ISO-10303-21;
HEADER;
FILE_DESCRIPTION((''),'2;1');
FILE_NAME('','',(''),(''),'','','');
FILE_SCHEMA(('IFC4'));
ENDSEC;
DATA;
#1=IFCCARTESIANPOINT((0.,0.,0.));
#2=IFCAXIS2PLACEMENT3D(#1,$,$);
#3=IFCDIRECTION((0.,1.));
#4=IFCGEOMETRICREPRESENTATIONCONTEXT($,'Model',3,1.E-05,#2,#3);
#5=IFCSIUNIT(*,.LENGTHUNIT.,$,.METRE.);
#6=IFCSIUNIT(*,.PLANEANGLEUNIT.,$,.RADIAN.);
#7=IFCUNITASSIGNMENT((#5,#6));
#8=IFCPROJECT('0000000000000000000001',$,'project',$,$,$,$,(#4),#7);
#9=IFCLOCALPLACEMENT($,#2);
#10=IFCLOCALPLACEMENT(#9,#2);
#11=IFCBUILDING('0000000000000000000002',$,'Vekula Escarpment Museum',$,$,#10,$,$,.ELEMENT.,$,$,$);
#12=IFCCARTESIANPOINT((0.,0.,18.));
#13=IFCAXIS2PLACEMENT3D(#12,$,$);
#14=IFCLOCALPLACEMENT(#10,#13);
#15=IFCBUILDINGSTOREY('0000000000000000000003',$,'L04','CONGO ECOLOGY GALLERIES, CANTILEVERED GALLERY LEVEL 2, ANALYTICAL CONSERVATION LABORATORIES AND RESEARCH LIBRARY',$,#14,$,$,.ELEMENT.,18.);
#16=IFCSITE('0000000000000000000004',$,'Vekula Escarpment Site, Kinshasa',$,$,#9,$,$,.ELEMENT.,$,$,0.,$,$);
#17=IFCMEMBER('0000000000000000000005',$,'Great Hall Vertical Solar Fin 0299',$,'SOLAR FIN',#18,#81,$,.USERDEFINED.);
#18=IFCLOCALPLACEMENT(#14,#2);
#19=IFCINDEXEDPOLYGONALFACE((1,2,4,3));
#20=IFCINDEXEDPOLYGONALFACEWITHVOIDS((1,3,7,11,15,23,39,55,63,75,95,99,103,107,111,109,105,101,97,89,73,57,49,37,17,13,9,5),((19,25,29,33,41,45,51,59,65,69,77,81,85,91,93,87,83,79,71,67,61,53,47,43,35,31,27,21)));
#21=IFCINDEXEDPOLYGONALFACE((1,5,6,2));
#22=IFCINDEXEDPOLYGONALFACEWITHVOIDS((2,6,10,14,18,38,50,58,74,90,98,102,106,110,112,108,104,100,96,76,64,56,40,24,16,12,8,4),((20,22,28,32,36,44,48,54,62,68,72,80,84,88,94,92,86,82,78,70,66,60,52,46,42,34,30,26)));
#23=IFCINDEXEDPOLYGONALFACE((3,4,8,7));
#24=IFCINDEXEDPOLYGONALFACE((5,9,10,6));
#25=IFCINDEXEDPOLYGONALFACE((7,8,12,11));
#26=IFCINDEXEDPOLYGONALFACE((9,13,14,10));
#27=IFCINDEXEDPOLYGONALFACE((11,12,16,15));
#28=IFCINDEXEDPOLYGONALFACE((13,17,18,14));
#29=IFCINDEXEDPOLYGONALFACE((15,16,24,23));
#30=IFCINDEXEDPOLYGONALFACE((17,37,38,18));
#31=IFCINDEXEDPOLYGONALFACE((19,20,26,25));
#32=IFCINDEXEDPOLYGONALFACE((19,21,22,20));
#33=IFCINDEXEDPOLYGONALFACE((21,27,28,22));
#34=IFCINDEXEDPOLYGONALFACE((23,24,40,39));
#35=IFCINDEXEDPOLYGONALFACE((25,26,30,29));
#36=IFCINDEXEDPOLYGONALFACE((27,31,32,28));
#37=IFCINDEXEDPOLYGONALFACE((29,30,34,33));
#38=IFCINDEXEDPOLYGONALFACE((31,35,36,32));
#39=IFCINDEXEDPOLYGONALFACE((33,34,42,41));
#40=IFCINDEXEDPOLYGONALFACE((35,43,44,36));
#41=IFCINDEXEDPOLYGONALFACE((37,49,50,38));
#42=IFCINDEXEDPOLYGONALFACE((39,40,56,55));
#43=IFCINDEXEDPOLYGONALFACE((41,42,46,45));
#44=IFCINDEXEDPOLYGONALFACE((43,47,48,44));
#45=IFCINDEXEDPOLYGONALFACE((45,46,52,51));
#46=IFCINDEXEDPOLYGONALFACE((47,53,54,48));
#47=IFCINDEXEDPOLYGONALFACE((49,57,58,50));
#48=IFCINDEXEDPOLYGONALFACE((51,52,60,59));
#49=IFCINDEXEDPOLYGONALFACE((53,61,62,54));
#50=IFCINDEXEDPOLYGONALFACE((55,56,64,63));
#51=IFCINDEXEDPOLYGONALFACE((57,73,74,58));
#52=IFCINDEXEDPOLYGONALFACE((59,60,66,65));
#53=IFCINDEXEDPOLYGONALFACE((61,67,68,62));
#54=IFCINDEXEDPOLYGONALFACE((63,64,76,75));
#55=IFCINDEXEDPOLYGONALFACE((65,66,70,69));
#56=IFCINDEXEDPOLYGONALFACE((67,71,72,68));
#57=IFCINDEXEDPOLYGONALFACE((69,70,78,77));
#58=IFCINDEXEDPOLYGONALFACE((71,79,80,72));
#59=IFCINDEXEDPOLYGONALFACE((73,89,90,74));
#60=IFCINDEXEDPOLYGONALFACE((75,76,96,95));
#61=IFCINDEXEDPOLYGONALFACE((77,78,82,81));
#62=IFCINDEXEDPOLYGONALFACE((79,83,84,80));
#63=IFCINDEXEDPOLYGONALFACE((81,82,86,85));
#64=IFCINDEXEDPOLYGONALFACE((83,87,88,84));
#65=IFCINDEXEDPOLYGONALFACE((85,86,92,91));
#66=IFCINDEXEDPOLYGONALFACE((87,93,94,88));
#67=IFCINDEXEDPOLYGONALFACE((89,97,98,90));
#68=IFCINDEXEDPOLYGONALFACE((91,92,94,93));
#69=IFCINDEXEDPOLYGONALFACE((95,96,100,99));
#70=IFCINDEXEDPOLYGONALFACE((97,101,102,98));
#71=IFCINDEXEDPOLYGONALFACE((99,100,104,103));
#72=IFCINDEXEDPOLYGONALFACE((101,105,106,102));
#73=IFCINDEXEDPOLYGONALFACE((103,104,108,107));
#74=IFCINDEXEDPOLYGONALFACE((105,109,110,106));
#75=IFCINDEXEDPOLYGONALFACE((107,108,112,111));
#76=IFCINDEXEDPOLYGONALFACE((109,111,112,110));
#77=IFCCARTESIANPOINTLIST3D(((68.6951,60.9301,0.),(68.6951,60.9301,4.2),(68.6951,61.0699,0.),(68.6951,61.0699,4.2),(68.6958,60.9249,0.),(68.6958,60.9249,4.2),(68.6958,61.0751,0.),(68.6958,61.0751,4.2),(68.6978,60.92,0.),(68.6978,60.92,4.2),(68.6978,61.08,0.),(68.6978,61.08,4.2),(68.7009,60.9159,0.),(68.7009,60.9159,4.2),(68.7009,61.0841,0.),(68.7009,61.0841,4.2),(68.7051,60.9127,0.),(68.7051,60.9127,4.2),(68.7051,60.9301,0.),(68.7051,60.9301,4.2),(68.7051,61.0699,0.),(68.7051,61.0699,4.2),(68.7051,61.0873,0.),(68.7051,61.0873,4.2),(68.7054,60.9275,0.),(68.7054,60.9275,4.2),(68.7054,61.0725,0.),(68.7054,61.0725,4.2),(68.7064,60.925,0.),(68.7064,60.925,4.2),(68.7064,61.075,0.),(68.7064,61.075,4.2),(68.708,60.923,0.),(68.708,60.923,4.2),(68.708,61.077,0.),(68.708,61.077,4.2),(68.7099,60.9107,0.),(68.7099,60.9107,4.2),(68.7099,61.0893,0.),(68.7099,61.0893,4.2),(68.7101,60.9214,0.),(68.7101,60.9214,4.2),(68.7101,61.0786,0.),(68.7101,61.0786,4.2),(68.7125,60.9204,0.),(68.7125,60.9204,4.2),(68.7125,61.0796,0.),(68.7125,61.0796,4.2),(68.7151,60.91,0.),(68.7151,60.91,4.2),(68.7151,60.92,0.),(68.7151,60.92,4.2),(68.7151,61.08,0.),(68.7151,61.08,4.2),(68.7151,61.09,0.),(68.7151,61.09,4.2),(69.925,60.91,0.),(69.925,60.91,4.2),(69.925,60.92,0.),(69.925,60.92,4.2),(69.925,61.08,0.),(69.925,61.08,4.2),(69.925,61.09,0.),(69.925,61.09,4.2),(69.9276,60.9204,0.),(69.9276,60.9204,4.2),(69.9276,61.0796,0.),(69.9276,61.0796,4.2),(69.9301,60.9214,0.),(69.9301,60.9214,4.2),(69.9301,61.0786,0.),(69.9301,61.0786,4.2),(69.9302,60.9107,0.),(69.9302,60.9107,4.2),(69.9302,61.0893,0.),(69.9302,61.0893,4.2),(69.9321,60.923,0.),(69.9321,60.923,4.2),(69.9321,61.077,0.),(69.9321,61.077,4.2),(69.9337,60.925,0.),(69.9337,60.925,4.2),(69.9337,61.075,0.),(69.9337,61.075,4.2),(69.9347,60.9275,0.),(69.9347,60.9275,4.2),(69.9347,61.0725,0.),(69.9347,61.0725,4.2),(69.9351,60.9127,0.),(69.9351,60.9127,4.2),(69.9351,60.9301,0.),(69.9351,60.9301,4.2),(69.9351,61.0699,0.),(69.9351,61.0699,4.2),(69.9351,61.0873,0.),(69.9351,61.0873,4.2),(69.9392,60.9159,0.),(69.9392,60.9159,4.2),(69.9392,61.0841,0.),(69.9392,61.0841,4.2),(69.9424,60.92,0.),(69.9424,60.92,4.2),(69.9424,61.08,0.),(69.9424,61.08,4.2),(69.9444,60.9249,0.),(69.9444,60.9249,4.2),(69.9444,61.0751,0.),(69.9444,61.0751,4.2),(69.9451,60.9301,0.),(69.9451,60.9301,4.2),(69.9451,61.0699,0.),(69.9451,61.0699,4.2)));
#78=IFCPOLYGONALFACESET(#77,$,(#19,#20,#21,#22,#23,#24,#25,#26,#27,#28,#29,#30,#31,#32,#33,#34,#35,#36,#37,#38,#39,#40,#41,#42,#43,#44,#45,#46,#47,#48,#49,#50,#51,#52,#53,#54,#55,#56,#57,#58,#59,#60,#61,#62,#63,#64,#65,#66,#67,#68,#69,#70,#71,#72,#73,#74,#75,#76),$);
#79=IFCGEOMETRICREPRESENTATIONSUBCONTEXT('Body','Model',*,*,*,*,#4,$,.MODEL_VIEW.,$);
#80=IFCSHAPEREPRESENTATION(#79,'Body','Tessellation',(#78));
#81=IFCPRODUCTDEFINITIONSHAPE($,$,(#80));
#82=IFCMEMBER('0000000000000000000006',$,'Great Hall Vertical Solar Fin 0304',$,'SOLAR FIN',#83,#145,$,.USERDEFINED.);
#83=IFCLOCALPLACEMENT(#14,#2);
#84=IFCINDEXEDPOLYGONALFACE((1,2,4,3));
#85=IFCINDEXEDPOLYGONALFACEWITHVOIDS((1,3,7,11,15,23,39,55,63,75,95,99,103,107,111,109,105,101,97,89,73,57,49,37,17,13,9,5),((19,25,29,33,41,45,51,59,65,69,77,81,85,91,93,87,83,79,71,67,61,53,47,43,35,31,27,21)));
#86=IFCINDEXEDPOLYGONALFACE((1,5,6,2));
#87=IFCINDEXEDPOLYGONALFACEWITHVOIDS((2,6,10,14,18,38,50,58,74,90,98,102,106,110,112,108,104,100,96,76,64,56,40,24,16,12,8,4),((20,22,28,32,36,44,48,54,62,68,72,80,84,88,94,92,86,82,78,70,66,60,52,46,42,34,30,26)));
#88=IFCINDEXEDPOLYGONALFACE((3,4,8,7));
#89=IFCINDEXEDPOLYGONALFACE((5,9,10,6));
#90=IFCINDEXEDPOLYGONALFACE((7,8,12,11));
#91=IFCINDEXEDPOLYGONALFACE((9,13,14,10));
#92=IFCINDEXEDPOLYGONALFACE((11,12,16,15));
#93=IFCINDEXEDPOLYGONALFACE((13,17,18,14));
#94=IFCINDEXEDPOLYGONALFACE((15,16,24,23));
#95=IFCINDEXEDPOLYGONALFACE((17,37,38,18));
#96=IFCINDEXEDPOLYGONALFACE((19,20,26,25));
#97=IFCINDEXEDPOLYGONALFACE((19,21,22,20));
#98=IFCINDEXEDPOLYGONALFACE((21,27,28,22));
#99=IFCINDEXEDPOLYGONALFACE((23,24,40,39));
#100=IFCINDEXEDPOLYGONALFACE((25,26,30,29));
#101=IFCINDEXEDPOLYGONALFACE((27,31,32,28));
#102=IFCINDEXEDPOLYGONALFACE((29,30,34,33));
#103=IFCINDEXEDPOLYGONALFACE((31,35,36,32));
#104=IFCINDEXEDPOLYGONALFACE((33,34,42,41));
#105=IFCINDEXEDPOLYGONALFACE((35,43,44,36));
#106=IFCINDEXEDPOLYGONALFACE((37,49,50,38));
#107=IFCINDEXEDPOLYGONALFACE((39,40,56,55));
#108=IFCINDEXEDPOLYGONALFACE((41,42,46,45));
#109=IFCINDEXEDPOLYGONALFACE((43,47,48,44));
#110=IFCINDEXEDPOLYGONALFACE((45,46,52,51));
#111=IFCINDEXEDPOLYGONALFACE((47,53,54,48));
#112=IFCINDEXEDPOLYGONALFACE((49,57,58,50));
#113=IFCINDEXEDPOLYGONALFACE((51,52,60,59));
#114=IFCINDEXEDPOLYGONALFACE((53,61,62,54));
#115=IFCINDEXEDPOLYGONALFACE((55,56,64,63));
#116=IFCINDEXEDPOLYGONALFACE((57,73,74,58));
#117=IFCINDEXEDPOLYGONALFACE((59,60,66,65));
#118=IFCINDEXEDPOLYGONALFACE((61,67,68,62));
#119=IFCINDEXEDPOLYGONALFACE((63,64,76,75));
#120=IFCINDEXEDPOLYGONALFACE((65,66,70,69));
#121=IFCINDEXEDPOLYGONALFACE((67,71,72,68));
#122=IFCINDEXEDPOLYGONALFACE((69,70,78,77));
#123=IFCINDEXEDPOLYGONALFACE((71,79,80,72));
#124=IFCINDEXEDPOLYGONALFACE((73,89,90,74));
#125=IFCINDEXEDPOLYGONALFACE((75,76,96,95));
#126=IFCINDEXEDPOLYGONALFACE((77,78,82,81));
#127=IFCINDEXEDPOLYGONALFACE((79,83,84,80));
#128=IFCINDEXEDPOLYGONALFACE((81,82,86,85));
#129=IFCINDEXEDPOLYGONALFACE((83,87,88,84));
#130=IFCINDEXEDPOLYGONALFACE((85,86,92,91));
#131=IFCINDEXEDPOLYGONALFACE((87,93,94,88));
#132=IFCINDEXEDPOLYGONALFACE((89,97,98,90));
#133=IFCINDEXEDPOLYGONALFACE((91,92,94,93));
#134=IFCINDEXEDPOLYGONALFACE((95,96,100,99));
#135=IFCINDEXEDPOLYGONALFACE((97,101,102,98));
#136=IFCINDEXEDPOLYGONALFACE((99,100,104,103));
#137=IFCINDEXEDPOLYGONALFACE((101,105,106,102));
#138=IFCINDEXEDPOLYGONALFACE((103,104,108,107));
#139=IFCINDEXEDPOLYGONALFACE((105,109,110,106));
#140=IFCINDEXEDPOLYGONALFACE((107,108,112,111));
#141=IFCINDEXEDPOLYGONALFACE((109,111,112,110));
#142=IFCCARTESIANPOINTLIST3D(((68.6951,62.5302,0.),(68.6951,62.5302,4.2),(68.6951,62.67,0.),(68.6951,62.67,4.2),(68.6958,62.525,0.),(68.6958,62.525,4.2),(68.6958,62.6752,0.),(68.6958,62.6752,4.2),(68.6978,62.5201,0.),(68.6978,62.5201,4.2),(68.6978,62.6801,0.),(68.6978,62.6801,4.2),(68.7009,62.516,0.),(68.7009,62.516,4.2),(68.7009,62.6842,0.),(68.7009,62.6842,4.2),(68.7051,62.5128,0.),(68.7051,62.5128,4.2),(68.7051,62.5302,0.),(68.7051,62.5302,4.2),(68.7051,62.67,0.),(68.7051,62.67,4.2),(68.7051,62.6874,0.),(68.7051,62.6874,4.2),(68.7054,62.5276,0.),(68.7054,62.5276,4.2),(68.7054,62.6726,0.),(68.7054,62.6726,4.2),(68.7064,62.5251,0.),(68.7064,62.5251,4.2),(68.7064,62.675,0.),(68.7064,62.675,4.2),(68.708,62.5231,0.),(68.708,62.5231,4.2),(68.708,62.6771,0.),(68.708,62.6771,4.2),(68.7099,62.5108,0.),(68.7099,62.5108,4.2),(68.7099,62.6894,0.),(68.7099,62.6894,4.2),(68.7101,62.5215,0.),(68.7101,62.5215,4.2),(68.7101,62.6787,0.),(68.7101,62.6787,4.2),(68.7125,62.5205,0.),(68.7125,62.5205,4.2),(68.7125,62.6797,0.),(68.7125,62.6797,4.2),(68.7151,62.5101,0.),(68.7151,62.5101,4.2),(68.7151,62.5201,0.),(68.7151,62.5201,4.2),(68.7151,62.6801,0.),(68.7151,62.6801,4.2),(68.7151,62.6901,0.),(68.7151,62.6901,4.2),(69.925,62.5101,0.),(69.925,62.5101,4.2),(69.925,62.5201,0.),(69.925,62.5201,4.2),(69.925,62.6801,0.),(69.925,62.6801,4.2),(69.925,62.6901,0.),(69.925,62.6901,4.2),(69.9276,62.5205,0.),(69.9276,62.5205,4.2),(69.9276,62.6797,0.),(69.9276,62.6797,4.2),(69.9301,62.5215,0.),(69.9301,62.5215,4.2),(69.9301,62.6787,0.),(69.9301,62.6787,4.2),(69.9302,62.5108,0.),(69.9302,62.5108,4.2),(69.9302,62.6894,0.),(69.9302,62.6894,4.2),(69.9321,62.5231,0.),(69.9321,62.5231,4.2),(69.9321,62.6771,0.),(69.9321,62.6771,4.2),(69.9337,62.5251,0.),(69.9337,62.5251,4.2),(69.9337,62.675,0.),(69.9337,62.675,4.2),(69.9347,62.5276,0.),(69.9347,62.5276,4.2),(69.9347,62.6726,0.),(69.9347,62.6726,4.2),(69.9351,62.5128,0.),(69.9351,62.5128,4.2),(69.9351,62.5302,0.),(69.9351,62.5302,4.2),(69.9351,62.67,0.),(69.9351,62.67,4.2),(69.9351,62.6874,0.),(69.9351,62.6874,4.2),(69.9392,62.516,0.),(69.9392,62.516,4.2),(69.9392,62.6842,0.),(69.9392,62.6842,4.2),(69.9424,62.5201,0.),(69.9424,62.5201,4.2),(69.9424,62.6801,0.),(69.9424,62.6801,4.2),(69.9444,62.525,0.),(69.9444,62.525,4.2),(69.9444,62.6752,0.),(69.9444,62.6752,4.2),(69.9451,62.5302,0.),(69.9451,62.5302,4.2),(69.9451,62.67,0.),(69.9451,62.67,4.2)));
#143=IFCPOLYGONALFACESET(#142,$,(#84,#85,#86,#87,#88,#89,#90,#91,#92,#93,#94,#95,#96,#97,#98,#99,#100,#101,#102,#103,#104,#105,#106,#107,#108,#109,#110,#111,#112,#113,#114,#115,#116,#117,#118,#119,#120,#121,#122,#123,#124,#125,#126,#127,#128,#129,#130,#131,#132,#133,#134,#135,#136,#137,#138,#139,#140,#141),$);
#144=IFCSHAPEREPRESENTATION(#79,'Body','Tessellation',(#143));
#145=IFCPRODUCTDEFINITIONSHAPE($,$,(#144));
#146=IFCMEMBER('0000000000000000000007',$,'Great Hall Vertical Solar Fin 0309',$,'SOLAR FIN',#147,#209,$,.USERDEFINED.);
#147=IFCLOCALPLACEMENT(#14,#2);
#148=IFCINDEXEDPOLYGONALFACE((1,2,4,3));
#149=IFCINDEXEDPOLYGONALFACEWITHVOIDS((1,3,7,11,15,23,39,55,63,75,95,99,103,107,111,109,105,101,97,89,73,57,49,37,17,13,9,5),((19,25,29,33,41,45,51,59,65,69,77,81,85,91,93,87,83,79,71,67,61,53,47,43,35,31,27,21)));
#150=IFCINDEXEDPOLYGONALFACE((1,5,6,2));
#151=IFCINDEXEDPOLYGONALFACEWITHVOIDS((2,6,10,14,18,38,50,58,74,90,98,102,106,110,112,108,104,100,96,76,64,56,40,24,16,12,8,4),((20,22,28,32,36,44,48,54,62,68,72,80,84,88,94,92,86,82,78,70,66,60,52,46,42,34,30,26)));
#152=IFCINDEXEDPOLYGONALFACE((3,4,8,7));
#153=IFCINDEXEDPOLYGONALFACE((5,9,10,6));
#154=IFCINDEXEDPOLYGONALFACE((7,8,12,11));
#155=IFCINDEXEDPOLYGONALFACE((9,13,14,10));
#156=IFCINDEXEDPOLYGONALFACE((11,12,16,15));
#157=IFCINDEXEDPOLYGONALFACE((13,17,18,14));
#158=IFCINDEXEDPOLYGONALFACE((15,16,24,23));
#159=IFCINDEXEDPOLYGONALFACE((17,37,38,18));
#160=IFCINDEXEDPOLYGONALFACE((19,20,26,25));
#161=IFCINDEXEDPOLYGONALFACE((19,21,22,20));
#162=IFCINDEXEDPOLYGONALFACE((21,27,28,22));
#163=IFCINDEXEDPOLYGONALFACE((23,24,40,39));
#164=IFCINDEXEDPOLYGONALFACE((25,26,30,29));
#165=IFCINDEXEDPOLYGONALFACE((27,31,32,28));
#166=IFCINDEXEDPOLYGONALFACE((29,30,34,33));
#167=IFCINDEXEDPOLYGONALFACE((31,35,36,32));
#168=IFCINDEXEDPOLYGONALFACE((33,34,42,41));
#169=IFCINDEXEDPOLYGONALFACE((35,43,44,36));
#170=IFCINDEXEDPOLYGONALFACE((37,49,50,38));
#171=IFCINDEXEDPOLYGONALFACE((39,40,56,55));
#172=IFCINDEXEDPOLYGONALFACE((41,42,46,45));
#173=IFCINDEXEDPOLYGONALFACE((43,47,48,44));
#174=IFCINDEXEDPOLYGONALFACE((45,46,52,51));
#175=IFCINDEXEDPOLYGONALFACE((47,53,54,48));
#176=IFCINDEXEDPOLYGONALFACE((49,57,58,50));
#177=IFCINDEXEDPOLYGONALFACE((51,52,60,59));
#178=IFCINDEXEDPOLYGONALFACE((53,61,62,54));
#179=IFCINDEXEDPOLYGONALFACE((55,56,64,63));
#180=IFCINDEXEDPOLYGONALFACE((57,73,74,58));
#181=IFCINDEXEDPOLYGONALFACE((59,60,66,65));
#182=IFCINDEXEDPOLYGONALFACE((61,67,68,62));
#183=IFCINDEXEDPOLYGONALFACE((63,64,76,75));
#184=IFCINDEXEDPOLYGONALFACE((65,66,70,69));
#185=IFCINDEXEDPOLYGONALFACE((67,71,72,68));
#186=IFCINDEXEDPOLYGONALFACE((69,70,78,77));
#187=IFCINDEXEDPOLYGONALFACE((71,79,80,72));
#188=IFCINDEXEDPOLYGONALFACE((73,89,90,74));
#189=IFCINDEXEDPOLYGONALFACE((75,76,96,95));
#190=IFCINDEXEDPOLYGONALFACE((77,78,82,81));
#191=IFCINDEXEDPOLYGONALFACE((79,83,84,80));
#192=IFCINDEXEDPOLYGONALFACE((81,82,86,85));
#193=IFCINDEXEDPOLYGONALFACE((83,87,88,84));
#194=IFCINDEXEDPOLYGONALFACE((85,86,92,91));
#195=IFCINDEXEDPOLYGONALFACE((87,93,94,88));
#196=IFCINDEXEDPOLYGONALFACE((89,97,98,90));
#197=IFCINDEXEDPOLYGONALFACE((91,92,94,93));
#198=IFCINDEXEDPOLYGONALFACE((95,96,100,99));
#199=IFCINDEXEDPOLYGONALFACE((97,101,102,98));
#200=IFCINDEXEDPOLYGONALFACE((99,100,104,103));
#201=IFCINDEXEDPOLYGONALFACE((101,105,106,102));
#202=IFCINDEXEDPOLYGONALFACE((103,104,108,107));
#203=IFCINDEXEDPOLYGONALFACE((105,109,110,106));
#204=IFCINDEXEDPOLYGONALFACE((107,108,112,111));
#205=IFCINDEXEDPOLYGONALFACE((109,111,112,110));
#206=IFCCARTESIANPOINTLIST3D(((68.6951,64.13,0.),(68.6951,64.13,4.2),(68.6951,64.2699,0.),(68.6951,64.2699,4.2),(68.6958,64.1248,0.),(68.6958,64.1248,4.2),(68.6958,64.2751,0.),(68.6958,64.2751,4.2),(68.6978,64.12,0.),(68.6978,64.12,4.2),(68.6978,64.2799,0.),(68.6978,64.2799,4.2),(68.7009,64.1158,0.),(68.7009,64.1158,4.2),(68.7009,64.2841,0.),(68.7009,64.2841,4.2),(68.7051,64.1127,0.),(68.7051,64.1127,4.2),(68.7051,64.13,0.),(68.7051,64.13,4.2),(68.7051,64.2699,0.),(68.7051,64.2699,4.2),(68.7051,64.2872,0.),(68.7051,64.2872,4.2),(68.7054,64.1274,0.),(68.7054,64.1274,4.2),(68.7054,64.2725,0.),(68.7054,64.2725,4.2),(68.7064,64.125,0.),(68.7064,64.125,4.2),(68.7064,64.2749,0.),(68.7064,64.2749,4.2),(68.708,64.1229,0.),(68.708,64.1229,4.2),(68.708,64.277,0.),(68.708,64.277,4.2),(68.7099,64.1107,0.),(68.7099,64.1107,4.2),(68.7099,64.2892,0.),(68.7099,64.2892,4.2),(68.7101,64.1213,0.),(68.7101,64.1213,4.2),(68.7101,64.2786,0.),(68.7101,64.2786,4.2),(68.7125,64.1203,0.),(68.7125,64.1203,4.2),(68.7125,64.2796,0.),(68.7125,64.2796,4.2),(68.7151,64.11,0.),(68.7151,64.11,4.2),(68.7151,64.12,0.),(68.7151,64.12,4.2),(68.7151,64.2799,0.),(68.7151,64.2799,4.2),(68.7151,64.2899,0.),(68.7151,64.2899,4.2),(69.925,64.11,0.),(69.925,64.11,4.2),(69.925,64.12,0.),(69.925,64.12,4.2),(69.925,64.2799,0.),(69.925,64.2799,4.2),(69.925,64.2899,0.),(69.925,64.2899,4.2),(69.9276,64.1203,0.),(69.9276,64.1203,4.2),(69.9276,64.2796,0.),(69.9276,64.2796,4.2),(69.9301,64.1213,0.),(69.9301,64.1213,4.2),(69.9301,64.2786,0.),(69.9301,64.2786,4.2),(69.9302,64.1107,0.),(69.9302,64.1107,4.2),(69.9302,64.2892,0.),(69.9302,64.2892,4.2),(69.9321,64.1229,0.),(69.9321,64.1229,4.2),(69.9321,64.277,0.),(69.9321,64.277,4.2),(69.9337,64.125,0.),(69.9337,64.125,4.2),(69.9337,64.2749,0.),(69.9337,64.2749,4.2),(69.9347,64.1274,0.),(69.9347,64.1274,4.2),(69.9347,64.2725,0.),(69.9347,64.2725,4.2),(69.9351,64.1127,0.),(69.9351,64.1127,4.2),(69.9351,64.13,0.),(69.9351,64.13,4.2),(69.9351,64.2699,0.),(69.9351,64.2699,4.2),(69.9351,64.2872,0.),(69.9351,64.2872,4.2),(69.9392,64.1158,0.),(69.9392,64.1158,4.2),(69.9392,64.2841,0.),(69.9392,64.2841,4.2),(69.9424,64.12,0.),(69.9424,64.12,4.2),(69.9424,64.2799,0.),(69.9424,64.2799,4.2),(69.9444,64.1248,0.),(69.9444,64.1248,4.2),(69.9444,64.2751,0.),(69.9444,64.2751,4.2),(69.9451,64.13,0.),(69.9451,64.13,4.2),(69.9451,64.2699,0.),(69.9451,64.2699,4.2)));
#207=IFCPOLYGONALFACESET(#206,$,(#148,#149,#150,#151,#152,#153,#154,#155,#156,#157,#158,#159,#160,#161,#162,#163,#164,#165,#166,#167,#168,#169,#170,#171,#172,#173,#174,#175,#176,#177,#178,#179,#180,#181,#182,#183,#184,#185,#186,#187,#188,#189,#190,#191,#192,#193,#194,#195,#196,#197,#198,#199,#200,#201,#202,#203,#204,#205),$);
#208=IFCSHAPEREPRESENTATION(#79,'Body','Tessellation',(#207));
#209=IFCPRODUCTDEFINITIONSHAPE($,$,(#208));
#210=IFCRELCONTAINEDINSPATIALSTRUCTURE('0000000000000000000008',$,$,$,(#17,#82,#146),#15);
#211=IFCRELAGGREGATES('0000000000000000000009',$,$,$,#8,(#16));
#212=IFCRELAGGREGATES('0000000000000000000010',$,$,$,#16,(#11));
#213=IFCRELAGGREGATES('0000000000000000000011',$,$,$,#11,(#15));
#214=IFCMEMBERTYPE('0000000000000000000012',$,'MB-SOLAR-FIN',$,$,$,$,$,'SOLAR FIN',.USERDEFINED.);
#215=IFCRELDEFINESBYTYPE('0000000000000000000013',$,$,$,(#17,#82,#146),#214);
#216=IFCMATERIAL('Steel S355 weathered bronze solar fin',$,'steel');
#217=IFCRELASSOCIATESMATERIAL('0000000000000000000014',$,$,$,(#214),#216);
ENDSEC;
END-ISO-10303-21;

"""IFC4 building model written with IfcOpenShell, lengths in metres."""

from ifc_helpers import new_model, si_unit, direction, frame, origin, origin_2d, place, context, subcontext, project, spatial, hollow_rectangle, extrude, material, material_profile, profile_set, type_object, element, save


model = new_model("IFC4")

# Units and contexts
model_context = context("Model", 3, precision=1e-05, world=origin(), true_north=direction((0.0, 1.0)))
body_context = subcontext(model_context, "Body", "Model", "MODEL_VIEW")
ifc_project = project(units=[si_unit("LENGTHUNIT", "METRE"), si_unit("PLANEANGLEUNIT", "RADIAN")], contexts=[model_context])

# Site, building, storey
site_placement = place(None, origin())
site = spatial("IfcSite", under=ifc_project, at=site_placement, Name="Vekula Escarpment Site, Kinshasa", CompositionType="ELEMENT", RefElevation=0.0)
building_placement = place(site_placement, origin())
building = spatial("IfcBuilding", under=site, at=building_placement, Name="Vekula Escarpment Museum", CompositionType="ELEMENT")
storey_placement = place(building_placement, frame((0.0, 0.0, 18.0)))
storey = spatial("IfcBuildingStorey", under=building, at=storey_placement, Name="L04", Description="CONGO ECOLOGY GALLERIES, CANTILEVERED GALLERY LEVEL 2, ANALYTICAL CONSERVATION LABORATORIES AND RESEARCH LIBRARY", CompositionType="ELEMENT", Elevation=18.0)

# Members
ifc_material_1 = material(Name="Steel S355 weathered bronze solar fin", Category="steel")
ifc_material_profile_1 = material_profile(ifc_material_1, hollow_rectangle(XDim=0.1799, YDim=1.25, WallThickness=0.01, InnerFilletRadius=0.01, OuterFilletRadius=0.02, at=origin_2d()), Name="RHS 1250x180x10")
ifc_profile_set_1 = profile_set([ifc_material_profile_1], Name="Steel S355 weathered bronze solar fin")
member_type = type_object("IfcMemberType", Name="MB-SOLAR-FIN", ElementType="SOLAR FIN", PredefinedType="USERDEFINED", material=ifc_profile_set_1)
for number, where, z_axis, x_axis, name in (
    (1, (69.3201, 61.0, 0.0), (0.0, 0.0, 1.0), (0.0, 1.0, 0.0), "Great Hall Vertical Solar Fin 0299"),
    (2, (69.3201, 62.6001, 0.0), (0.0, 0.0, 1.0), (0.0, 1.0, 0.0), "Great Hall Vertical Solar Fin 0304"),
    (3, (69.3201, 64.2, 0.0), (0.0, 0.0, 1.0), (0.0, 1.0, 0.0), "Great Hall Vertical Solar Fin 0309"),
):
    element("IfcMember", number, at=place(storey_placement, frame(where, z_axis=z_axis, x_axis=x_axis)), inside=storey, type_object=member_type, Name=name, ObjectType="SOLAR FIN", PredefinedType="USERDEFINED", context=body_context, shape_type="SweptSolid", body=[
        extrude(hollow_rectangle(XDim=0.1799, YDim=1.25, WallThickness=0.01, InnerFilletRadius=0.01, OuterFilletRadius=0.02, at=origin_2d()), origin(), (0.0, 0.0, 1.0), 4.2),
    ])

save(model, "model.ifc")
